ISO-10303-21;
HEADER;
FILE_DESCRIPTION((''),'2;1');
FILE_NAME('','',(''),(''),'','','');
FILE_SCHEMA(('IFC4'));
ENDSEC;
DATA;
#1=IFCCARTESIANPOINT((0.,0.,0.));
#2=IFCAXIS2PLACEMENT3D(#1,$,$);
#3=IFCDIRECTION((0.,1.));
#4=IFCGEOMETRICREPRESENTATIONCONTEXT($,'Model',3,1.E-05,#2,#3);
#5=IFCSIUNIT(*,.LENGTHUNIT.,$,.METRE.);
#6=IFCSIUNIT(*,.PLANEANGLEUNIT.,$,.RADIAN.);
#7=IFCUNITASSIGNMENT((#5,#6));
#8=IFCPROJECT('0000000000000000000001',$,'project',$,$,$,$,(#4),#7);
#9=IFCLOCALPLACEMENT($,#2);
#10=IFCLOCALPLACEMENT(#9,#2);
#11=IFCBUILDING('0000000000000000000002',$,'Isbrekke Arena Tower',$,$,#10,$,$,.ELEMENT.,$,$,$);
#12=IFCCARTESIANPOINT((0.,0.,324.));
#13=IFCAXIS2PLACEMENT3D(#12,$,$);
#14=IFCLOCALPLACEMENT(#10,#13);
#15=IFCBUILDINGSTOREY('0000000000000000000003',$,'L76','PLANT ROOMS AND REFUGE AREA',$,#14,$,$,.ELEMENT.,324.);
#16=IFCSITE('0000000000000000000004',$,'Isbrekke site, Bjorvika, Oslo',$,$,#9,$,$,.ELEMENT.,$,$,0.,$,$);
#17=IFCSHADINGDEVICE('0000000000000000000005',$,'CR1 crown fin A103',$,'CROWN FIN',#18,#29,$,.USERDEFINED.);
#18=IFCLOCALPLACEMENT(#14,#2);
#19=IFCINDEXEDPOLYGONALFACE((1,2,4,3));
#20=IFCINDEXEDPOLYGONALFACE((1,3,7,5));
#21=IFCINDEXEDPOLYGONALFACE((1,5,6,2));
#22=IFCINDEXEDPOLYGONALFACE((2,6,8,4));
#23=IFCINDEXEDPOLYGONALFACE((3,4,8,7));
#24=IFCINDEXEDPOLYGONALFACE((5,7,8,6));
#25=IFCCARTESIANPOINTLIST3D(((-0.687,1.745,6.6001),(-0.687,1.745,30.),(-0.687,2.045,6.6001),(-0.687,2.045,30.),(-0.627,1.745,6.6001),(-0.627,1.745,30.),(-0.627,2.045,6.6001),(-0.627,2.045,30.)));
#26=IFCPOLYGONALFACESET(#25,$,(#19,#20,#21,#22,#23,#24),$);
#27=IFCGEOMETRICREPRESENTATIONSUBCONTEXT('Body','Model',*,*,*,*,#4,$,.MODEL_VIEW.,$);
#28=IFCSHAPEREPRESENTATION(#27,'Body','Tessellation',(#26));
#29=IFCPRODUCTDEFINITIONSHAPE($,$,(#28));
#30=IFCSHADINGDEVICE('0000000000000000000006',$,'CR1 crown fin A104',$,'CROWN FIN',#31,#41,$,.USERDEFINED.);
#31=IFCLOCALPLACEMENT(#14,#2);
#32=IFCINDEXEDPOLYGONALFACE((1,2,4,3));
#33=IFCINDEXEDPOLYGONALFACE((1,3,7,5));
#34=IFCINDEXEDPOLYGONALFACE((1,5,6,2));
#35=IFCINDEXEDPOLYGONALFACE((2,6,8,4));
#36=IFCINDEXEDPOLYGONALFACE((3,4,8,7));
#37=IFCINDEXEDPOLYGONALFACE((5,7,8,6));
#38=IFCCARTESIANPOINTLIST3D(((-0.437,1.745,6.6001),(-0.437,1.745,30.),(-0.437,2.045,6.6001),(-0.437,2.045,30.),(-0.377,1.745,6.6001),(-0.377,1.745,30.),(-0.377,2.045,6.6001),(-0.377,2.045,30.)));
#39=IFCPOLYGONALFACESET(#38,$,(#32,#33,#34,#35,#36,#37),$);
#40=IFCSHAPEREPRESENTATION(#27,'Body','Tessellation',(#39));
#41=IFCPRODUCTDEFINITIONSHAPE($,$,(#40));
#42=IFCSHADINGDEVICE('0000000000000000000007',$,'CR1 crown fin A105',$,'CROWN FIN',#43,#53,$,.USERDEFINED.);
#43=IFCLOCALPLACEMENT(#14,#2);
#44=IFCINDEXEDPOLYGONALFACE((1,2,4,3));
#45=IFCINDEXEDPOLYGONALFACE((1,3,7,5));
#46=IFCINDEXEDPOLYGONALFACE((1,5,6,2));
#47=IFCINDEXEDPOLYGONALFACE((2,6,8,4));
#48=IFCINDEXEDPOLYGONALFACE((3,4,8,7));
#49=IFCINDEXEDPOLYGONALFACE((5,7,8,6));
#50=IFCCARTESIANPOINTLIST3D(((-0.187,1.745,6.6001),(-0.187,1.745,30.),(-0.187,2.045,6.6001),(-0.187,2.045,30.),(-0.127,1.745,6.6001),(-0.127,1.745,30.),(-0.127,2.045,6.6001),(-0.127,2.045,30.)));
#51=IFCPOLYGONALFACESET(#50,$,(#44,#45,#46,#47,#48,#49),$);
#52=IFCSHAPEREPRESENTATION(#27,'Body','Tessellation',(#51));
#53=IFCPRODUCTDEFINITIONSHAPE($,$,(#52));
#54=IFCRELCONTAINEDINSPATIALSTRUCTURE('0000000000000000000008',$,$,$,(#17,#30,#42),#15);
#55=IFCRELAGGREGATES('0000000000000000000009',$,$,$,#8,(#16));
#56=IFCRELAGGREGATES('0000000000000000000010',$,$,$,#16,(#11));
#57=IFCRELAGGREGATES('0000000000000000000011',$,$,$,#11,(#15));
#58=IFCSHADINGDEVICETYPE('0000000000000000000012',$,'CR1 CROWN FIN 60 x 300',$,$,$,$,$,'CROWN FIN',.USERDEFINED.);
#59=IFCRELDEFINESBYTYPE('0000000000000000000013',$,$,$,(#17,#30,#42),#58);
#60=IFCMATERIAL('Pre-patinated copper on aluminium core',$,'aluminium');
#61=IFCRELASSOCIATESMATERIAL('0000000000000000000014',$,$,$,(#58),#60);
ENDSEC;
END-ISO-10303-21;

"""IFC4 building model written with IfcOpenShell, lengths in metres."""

from ifc_helpers import new_model, si_unit, direction, frame, origin, origin_2d, place, context, subcontext, project, spatial, rectangle, extrude, material, material_profile, profile_set, type_object, element, save


model = new_model("IFC4")

# Units and contexts
model_context = context("Model", 3, precision=1e-05, world=origin(), true_north=direction((0.0, 1.0)))
body_context = subcontext(model_context, "Body", "Model", "MODEL_VIEW")
ifc_project = project(units=[si_unit("LENGTHUNIT", "METRE"), si_unit("PLANEANGLEUNIT", "RADIAN")], contexts=[model_context])

# Site, building, storey
site_placement = place(None, origin())
site = spatial("IfcSite", under=ifc_project, at=site_placement, Name="Isbrekke site, Bjorvika, Oslo", CompositionType="ELEMENT", RefElevation=0.0)
building_placement = place(site_placement, origin())
building = spatial("IfcBuilding", under=site, at=building_placement, Name="Isbrekke Arena Tower", CompositionType="ELEMENT")
storey_placement = place(building_placement, frame((0.0, 0.0, 324.0)))
storey = spatial("IfcBuildingStorey", under=building, at=storey_placement, Name="L76", Description="PLANT ROOMS AND REFUGE AREA", CompositionType="ELEMENT", Elevation=324.0)

# Shading devices
ifc_material_1 = material(Name="Pre-patinated copper on aluminium core", Category="aluminium")
ifc_material_profile_1 = material_profile(ifc_material_1, rectangle(XDim=0.0601, YDim=0.3, at=origin_2d()), Name="FIN 60X300")
ifc_profile_set_1 = profile_set([ifc_material_profile_1], Name="Pre-patinated copper on aluminium core")
shading_device_type = type_object("IfcShadingDeviceType", Name="CR1 CROWN FIN 60 x 300", ElementType="CROWN FIN", PredefinedType="USERDEFINED", material=ifc_profile_set_1)
for number, where, z_axis, x_axis, name in (
    (1, (-0.657, 1.895, 6.6001), (0.0, 0.0, 1.0), (1.0, 0.0, 0.0), "CR1 crown fin A103"),
    (2, (-0.407, 1.895, 6.6001), (0.0, 0.0, 1.0), (1.0, 0.0, 0.0), "CR1 crown fin A104"),
    (3, (-0.157, 1.895, 6.6001), (0.0, 0.0, 1.0), (1.0, 0.0, 0.0), "CR1 crown fin A105"),
):
    element("IfcShadingDevice", number, at=place(storey_placement, frame(where, z_axis=z_axis, x_axis=x_axis)), inside=storey, type_object=shading_device_type, Name=name, ObjectType="CROWN FIN", PredefinedType="USERDEFINED", context=body_context, shape_type="SweptSolid", body=[
        extrude(rectangle(XDim=0.0601, YDim=0.3, at=origin_2d()), origin(), (0.0, 0.0, 1.0), 23.3999),
    ])

save(model, "model.ifc")
